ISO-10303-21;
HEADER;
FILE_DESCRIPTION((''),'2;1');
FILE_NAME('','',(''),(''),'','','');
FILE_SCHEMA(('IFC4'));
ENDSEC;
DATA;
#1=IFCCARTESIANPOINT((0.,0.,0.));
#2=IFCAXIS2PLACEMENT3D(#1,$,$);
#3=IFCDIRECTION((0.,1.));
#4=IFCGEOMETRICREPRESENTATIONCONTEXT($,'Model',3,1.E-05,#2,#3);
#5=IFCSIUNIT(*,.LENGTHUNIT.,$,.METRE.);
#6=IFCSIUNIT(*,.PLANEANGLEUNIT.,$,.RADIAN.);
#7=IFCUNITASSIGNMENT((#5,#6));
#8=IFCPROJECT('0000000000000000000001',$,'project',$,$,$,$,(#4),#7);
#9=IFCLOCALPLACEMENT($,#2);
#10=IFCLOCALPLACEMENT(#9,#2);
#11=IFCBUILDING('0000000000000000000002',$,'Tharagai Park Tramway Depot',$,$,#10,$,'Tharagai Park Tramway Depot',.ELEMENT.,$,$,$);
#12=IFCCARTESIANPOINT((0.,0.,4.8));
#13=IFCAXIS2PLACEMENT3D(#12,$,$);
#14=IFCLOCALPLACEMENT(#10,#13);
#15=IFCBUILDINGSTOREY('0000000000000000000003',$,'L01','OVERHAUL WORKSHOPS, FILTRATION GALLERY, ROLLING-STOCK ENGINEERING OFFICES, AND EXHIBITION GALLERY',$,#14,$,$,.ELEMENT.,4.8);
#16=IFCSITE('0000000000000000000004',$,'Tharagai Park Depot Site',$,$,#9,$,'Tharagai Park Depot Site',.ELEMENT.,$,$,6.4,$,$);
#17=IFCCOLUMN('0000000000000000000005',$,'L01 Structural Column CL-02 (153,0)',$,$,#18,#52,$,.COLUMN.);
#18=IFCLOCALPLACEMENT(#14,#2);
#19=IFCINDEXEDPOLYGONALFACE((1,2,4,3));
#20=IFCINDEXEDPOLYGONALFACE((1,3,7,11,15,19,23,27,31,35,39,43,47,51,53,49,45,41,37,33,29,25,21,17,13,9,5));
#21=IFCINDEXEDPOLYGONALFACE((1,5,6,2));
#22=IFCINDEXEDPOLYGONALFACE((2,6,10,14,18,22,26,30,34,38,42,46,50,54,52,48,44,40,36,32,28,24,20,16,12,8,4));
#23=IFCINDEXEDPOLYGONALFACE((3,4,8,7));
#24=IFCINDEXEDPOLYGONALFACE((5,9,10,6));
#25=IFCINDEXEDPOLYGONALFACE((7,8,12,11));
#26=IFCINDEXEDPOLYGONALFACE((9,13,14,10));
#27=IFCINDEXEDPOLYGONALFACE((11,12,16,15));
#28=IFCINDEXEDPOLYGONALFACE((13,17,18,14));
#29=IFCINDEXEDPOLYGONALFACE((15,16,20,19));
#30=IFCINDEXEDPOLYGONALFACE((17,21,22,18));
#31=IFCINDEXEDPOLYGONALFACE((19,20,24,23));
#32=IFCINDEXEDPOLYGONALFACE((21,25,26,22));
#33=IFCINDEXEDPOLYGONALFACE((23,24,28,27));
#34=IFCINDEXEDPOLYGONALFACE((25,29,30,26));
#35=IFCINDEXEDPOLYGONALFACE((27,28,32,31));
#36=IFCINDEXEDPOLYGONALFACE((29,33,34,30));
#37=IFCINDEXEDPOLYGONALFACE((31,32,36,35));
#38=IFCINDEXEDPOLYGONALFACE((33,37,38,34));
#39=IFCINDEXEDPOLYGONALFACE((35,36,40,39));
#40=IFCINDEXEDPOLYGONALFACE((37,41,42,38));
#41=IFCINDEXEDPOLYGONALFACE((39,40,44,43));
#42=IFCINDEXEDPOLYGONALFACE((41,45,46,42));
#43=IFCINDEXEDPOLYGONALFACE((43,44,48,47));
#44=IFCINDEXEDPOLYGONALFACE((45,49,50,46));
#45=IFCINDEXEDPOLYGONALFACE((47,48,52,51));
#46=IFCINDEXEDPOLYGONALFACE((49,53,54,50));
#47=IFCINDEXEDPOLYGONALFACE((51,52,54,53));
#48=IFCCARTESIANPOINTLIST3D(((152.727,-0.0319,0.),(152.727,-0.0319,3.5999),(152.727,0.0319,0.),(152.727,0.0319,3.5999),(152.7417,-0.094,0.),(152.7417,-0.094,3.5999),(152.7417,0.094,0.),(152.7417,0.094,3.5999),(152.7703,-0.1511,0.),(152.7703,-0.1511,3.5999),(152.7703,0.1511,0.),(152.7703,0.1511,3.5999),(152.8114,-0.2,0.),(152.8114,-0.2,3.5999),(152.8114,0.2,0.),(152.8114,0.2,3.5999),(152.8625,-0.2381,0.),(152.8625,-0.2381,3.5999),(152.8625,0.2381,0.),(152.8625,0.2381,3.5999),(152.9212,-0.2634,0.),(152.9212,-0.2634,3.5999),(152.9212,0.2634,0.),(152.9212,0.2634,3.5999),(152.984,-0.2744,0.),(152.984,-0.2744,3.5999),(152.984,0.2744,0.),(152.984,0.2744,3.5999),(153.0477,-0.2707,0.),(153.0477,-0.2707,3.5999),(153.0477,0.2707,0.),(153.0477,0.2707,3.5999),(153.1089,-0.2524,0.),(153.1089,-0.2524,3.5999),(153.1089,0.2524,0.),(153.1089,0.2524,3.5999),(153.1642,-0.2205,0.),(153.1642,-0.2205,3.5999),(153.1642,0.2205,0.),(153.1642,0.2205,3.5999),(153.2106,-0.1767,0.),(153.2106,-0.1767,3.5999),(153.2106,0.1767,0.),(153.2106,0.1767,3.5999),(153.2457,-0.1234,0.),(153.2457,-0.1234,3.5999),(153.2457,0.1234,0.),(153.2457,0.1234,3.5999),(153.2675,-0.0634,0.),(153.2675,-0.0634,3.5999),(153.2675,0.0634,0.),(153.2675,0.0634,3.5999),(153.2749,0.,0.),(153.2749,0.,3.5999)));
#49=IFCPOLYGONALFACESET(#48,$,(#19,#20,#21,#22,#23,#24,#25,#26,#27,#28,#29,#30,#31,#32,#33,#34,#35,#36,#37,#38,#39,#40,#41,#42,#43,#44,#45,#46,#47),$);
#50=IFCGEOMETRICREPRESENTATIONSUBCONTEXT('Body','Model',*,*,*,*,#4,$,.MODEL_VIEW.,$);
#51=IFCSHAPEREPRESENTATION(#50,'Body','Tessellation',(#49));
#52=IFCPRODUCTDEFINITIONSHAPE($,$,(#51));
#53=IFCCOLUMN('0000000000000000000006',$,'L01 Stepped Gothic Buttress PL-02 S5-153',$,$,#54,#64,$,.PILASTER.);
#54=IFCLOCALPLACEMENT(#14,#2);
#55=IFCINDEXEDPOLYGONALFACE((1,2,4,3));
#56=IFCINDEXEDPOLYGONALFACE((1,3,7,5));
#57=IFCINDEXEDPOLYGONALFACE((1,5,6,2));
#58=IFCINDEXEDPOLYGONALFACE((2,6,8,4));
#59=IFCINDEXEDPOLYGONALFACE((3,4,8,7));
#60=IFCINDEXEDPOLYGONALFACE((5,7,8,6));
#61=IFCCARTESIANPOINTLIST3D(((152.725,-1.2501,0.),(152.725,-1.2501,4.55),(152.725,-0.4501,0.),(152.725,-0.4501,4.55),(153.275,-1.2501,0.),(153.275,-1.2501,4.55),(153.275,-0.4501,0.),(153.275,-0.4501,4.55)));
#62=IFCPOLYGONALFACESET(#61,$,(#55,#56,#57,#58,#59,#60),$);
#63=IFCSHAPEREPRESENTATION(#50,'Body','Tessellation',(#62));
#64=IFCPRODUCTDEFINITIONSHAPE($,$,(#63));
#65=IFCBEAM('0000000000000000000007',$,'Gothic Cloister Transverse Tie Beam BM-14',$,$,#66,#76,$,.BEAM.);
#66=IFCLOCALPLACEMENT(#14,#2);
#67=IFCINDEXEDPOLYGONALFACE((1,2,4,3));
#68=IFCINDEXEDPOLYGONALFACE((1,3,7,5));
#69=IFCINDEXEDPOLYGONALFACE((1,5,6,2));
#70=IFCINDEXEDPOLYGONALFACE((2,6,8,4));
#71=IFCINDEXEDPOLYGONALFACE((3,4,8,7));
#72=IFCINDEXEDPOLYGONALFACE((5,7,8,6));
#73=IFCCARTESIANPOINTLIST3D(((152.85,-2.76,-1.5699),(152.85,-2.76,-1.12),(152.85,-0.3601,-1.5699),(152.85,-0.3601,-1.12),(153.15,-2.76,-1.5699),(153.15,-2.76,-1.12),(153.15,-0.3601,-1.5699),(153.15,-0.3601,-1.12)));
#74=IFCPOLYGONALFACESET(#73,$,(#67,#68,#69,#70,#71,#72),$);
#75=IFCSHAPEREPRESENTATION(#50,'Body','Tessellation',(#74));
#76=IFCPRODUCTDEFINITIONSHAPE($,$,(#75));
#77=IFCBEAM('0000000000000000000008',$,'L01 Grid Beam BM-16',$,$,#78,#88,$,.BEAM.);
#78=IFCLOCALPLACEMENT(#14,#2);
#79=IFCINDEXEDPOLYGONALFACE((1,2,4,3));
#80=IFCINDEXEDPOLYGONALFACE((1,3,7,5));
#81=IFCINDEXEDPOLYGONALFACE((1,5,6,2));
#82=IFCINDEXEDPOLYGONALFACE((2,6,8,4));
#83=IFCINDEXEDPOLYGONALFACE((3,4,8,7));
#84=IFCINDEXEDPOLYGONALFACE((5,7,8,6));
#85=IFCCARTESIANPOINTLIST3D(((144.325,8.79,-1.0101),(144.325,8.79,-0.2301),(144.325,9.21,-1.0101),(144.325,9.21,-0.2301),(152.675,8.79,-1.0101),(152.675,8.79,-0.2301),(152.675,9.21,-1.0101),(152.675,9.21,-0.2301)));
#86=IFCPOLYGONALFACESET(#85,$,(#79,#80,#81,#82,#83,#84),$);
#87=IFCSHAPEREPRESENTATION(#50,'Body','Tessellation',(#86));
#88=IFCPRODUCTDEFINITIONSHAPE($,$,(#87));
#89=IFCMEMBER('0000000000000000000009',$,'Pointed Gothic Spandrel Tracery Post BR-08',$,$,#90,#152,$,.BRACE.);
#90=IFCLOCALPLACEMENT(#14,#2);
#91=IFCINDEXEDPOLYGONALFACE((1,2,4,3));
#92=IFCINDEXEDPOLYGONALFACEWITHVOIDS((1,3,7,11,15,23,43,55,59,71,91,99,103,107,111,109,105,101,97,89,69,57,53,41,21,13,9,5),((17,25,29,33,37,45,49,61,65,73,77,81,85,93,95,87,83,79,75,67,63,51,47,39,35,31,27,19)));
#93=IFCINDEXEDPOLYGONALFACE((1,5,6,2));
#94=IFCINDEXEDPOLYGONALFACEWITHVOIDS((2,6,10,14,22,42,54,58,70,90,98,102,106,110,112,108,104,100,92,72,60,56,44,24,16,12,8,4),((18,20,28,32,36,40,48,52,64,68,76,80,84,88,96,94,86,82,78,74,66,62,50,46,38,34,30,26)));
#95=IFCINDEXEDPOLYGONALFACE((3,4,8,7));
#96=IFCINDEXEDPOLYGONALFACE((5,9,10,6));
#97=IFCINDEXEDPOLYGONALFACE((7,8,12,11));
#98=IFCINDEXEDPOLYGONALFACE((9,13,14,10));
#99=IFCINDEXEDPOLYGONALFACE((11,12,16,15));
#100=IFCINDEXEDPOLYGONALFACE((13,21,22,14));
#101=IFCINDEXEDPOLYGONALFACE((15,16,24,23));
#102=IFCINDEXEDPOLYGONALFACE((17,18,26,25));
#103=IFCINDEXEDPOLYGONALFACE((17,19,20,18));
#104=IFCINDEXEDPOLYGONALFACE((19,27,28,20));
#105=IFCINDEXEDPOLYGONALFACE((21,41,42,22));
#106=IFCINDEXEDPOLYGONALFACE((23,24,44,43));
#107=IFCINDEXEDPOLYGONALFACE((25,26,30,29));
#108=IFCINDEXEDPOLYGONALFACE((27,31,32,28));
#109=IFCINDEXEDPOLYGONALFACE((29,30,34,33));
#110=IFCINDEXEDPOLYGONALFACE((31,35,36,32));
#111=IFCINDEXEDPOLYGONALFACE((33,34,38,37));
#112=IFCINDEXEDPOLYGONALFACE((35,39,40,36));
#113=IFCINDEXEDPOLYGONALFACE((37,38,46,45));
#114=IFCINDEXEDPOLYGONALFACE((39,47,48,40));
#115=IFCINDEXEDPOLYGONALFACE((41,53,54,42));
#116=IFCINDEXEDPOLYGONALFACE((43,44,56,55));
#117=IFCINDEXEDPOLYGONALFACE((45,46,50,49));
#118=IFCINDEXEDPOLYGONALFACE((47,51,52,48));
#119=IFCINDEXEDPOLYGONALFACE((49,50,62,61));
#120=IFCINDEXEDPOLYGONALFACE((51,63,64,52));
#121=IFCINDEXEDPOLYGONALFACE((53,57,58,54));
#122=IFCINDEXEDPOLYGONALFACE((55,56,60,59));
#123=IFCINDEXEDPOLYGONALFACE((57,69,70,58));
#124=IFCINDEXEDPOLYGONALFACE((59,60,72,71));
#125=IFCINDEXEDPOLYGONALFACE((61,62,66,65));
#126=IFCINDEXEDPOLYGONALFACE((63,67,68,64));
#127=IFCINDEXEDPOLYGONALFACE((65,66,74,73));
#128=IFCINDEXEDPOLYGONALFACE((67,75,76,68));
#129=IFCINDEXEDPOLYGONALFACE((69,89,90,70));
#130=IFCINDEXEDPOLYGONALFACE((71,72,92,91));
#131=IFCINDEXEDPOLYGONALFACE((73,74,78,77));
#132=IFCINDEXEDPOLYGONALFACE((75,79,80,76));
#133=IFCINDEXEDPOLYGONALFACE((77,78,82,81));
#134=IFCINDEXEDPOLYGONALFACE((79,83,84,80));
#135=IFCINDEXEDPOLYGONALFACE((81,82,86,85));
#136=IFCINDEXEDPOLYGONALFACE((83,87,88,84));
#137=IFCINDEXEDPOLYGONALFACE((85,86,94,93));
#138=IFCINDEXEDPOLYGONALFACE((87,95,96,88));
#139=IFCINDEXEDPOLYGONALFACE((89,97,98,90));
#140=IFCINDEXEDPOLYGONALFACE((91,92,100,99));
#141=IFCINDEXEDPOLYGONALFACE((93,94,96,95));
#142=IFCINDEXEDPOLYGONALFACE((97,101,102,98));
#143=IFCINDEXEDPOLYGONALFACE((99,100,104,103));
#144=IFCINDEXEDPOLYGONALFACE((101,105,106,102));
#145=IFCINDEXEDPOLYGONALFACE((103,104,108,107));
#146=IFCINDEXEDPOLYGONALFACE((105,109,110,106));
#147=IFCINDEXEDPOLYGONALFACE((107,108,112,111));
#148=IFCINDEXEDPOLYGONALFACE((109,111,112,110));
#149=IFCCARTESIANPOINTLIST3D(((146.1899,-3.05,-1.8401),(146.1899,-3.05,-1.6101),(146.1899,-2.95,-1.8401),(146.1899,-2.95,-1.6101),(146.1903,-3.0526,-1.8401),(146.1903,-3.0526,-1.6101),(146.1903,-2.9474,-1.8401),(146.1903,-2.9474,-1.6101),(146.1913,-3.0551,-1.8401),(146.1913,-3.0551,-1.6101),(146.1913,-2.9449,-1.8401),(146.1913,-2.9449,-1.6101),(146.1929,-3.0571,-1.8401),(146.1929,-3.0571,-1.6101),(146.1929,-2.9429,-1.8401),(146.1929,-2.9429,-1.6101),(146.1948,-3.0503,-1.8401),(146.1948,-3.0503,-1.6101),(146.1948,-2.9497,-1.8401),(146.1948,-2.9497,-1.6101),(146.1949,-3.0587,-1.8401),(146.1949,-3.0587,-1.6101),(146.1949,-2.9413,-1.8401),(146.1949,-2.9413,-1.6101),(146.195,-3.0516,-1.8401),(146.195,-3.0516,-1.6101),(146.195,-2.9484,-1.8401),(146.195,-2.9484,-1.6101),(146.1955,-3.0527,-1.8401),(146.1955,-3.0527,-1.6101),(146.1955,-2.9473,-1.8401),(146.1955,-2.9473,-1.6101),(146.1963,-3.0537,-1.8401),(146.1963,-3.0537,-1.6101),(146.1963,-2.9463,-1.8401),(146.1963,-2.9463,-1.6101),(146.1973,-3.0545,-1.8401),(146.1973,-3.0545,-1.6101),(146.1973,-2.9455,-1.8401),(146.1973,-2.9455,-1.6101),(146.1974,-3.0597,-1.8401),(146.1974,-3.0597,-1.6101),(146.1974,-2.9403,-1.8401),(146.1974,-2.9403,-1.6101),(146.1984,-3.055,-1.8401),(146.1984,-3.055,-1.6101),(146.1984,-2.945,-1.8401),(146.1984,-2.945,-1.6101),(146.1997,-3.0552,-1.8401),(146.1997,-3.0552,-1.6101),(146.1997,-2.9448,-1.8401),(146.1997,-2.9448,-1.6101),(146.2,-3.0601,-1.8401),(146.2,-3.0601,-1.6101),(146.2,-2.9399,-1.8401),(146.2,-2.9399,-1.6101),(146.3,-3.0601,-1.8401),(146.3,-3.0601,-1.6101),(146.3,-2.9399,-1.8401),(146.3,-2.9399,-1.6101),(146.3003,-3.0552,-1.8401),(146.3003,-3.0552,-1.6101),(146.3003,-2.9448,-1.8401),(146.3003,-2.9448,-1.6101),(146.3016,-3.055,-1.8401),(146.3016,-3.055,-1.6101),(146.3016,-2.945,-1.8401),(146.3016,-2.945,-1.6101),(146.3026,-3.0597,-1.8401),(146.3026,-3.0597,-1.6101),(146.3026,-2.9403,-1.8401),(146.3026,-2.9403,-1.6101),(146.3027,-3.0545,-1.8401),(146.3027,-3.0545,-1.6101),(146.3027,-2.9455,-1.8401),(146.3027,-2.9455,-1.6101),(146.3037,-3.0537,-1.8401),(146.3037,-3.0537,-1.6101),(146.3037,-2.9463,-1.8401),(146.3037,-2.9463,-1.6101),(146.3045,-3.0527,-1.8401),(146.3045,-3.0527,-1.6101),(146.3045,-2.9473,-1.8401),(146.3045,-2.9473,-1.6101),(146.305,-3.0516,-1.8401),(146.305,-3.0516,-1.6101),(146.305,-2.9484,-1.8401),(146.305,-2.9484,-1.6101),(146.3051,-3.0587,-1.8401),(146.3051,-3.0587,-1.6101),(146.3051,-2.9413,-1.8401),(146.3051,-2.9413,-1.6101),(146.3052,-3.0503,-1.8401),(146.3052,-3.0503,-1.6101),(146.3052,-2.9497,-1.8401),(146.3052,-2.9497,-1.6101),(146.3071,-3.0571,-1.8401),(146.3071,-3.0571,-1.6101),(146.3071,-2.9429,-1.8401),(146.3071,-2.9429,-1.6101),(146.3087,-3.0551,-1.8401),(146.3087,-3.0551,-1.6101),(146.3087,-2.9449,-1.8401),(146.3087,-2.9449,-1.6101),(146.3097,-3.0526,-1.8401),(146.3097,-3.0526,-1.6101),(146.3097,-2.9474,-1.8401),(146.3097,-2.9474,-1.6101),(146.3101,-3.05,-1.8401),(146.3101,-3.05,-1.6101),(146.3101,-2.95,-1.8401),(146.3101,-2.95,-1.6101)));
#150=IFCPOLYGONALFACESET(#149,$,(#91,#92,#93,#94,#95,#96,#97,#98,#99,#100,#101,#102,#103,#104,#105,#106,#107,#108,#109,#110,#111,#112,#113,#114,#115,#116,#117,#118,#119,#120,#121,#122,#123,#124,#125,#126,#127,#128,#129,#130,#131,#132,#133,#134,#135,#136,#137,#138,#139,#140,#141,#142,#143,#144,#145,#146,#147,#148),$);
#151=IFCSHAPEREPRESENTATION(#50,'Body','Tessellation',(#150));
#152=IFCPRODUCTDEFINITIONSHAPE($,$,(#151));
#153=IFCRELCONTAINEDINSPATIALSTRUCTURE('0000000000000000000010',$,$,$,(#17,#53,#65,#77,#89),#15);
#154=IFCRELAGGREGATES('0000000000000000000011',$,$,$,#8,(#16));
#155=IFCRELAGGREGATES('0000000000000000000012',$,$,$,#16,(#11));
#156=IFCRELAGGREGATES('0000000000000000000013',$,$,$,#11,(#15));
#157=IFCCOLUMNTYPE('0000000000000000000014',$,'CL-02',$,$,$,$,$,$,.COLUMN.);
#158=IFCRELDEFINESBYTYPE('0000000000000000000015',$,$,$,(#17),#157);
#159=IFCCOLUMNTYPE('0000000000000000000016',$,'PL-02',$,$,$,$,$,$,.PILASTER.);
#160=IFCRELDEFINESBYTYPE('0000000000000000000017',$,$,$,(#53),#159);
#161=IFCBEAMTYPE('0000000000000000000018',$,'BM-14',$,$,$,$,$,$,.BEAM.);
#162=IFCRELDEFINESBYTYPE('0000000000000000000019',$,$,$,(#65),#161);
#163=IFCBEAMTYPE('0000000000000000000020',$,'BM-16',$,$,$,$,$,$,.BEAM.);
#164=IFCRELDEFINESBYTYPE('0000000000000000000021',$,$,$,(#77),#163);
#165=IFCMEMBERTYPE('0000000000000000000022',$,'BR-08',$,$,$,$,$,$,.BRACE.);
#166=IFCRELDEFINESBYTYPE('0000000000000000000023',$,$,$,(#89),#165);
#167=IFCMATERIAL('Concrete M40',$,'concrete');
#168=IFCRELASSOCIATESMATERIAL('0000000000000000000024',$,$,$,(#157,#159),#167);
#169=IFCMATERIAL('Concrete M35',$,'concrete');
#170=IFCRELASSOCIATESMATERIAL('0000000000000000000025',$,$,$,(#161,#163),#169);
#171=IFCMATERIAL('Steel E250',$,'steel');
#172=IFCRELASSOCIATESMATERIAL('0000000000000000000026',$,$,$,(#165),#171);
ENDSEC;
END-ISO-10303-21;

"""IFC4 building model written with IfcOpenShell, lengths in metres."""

from ifc_helpers import new_model, si_unit, direction, frame, origin, origin_2d, place, context, subcontext, project, spatial, rectangle, hollow_rectangle, circle, extrude, material, material_profile, profile_set, type_object, element, save


model = new_model("IFC4")

# Units and contexts
model_context = context("Model", 3, precision=1e-05, world=origin(), true_north=direction((0.0, 1.0)))
body_context = subcontext(model_context, "Body", "Model", "MODEL_VIEW")
ifc_project = project(units=[si_unit("LENGTHUNIT", "METRE"), si_unit("PLANEANGLEUNIT", "RADIAN")], contexts=[model_context])

# Site, building, storey
site_placement = place(None, origin())
site = spatial("IfcSite", under=ifc_project, at=site_placement, Name="Tharagai Park Depot Site", LongName="Tharagai Park Depot Site", CompositionType="ELEMENT", RefElevation=6.4)
building_placement = place(site_placement, origin())
building = spatial("IfcBuilding", under=site, at=building_placement, Name="Tharagai Park Tramway Depot", LongName="Tharagai Park Tramway Depot", CompositionType="ELEMENT")
storey_placement = place(building_placement, frame((0.0, 0.0, 4.8)))
storey = spatial("IfcBuildingStorey", under=building, at=storey_placement, Name="L01", Description="OVERHAUL WORKSHOPS, FILTRATION GALLERY, ROLLING-STOCK ENGINEERING OFFICES, AND EXHIBITION GALLERY", CompositionType="ELEMENT", Elevation=4.8)

# Columns
ifc_material_1 = material(Name="Concrete M40", Category="concrete")
ifc_material_profile_1 = material_profile(ifc_material_1, circle(Radius=0.2749, at=origin_2d()), Name="RC D550")
ifc_profile_set_1 = profile_set([ifc_material_profile_1], Name="Concrete M40")
column_type_1 = type_object("IfcColumnType", Name="CL-02", PredefinedType="COLUMN", material=ifc_profile_set_1)
column_1_placement = place(storey_placement, frame((153.0, 0.0, 0.0), z_axis=(0.0, 0.0, 1.0), x_axis=(1.0, 0.0, 0.0)))
element("IfcColumn", 1, at=column_1_placement, inside=storey, type_object=column_type_1, Name="L01 Structural Column CL-02 (153,0)", PredefinedType="COLUMN", context=body_context, shape_type="SweptSolid", body=[
    extrude(circle(Radius=0.2749, at=origin_2d()), origin(), (0.0, 0.0, 1.0), 3.5999),
])
ifc_material_profile_2 = material_profile(ifc_material_1, rectangle(XDim=0.55, YDim=0.8, at=origin_2d()), Name="RC 550x800")
ifc_profile_set_2 = profile_set([ifc_material_profile_2], Name="Concrete M40")
column_type_2 = type_object("IfcColumnType", Name="PL-02", PredefinedType="PILASTER", material=ifc_profile_set_2)
column_2_placement = place(storey_placement, frame((153.0, -0.8501, 0.0), z_axis=(0.0, 0.0, 1.0), x_axis=(1.0, 0.0, 0.0)))
element("IfcColumn", 2, at=column_2_placement, inside=storey, type_object=column_type_2, Name="L01 Stepped Gothic Buttress PL-02 S5-153", PredefinedType="PILASTER", context=body_context, shape_type="SweptSolid", body=[
    extrude(rectangle(XDim=0.55, YDim=0.8, at=origin_2d()), origin(), (0.0, 0.0, 1.0), 4.55),
])

# Beams
ifc_material_2 = material(Name="Concrete M35", Category="concrete")
ifc_material_profile_3 = material_profile(ifc_material_2, rectangle(XDim=0.3, YDim=0.45, at=origin_2d()), Name="RC 300x450")
ifc_profile_set_3 = profile_set([ifc_material_profile_3], Name="Concrete M35")
beam_type_1 = type_object("IfcBeamType", Name="BM-14", PredefinedType="BEAM", material=ifc_profile_set_3)
beam_1_placement = place(storey_placement, frame((153.0, -2.76, -1.345), z_axis=(0.0, 1.0, 0.0), x_axis=(-1.0, 0.0, 0.0)))
element("IfcBeam", 3, at=beam_1_placement, inside=storey, type_object=beam_type_1, Name="Gothic Cloister Transverse Tie Beam BM-14", PredefinedType="BEAM", context=body_context, shape_type="SweptSolid", body=[
    extrude(rectangle(XDim=0.3, YDim=0.45, at=origin_2d()), origin(), (0.0, 0.0, 1.0), 2.3999),
])
ifc_material_profile_4 = material_profile(ifc_material_2, rectangle(XDim=0.4199, YDim=0.78, at=origin_2d()), Name="RC 420x780")
ifc_profile_set_4 = profile_set([ifc_material_profile_4], Name="Concrete M35")
beam_type_2 = type_object("IfcBeamType", Name="BM-16", PredefinedType="BEAM", material=ifc_profile_set_4)
beam_2_placement = place(storey_placement, frame((144.325, 9.0, -0.6201), z_axis=(1.0, 0.0, 0.0), x_axis=(0.0, 1.0, 0.0)))
element("IfcBeam", 4, at=beam_2_placement, inside=storey, type_object=beam_type_2, Name="L01 Grid Beam BM-16", PredefinedType="BEAM", context=body_context, shape_type="SweptSolid", body=[
    extrude(rectangle(XDim=0.4199, YDim=0.78, at=origin_2d()), origin(), (0.0, 0.0, 1.0), 8.3501),
])

# Member
ifc_material_3 = material(Name="Steel E250", Category="steel")
ifc_material_profile_5 = material_profile(ifc_material_3, hollow_rectangle(XDim=0.1201, YDim=0.1201, WallThickness=0.0049, InnerFilletRadius=0.0049, OuterFilletRadius=0.01, at=origin_2d()), Name="SHS 120x120x5")
ifc_profile_set_5 = profile_set([ifc_material_profile_5], Name="Steel E250")
member_type_1 = type_object("IfcMemberType", Name="BR-08", PredefinedType="BRACE", material=ifc_profile_set_5)
for number, where, z_axis, x_axis, name in (
    (5, (146.25, -3.0, -1.8401), (0.0, 0.0, 1.0), (1.0, 0.0, 0.0), "Pointed Gothic Spandrel Tracery Post BR-08"),
):
    element("IfcMember", number, at=place(storey_placement, frame(where, z_axis=z_axis, x_axis=x_axis)), inside=storey, type_object=member_type_1, Name=name, PredefinedType="BRACE", context=body_context, shape_type="SweptSolid", body=[
        extrude(hollow_rectangle(XDim=0.1201, YDim=0.1201, WallThickness=0.0049, InnerFilletRadius=0.0049, OuterFilletRadius=0.01, at=origin_2d()), origin(), (0.0, 0.0, 1.0), 0.23),
    ])

save(model, "model.ifc")
